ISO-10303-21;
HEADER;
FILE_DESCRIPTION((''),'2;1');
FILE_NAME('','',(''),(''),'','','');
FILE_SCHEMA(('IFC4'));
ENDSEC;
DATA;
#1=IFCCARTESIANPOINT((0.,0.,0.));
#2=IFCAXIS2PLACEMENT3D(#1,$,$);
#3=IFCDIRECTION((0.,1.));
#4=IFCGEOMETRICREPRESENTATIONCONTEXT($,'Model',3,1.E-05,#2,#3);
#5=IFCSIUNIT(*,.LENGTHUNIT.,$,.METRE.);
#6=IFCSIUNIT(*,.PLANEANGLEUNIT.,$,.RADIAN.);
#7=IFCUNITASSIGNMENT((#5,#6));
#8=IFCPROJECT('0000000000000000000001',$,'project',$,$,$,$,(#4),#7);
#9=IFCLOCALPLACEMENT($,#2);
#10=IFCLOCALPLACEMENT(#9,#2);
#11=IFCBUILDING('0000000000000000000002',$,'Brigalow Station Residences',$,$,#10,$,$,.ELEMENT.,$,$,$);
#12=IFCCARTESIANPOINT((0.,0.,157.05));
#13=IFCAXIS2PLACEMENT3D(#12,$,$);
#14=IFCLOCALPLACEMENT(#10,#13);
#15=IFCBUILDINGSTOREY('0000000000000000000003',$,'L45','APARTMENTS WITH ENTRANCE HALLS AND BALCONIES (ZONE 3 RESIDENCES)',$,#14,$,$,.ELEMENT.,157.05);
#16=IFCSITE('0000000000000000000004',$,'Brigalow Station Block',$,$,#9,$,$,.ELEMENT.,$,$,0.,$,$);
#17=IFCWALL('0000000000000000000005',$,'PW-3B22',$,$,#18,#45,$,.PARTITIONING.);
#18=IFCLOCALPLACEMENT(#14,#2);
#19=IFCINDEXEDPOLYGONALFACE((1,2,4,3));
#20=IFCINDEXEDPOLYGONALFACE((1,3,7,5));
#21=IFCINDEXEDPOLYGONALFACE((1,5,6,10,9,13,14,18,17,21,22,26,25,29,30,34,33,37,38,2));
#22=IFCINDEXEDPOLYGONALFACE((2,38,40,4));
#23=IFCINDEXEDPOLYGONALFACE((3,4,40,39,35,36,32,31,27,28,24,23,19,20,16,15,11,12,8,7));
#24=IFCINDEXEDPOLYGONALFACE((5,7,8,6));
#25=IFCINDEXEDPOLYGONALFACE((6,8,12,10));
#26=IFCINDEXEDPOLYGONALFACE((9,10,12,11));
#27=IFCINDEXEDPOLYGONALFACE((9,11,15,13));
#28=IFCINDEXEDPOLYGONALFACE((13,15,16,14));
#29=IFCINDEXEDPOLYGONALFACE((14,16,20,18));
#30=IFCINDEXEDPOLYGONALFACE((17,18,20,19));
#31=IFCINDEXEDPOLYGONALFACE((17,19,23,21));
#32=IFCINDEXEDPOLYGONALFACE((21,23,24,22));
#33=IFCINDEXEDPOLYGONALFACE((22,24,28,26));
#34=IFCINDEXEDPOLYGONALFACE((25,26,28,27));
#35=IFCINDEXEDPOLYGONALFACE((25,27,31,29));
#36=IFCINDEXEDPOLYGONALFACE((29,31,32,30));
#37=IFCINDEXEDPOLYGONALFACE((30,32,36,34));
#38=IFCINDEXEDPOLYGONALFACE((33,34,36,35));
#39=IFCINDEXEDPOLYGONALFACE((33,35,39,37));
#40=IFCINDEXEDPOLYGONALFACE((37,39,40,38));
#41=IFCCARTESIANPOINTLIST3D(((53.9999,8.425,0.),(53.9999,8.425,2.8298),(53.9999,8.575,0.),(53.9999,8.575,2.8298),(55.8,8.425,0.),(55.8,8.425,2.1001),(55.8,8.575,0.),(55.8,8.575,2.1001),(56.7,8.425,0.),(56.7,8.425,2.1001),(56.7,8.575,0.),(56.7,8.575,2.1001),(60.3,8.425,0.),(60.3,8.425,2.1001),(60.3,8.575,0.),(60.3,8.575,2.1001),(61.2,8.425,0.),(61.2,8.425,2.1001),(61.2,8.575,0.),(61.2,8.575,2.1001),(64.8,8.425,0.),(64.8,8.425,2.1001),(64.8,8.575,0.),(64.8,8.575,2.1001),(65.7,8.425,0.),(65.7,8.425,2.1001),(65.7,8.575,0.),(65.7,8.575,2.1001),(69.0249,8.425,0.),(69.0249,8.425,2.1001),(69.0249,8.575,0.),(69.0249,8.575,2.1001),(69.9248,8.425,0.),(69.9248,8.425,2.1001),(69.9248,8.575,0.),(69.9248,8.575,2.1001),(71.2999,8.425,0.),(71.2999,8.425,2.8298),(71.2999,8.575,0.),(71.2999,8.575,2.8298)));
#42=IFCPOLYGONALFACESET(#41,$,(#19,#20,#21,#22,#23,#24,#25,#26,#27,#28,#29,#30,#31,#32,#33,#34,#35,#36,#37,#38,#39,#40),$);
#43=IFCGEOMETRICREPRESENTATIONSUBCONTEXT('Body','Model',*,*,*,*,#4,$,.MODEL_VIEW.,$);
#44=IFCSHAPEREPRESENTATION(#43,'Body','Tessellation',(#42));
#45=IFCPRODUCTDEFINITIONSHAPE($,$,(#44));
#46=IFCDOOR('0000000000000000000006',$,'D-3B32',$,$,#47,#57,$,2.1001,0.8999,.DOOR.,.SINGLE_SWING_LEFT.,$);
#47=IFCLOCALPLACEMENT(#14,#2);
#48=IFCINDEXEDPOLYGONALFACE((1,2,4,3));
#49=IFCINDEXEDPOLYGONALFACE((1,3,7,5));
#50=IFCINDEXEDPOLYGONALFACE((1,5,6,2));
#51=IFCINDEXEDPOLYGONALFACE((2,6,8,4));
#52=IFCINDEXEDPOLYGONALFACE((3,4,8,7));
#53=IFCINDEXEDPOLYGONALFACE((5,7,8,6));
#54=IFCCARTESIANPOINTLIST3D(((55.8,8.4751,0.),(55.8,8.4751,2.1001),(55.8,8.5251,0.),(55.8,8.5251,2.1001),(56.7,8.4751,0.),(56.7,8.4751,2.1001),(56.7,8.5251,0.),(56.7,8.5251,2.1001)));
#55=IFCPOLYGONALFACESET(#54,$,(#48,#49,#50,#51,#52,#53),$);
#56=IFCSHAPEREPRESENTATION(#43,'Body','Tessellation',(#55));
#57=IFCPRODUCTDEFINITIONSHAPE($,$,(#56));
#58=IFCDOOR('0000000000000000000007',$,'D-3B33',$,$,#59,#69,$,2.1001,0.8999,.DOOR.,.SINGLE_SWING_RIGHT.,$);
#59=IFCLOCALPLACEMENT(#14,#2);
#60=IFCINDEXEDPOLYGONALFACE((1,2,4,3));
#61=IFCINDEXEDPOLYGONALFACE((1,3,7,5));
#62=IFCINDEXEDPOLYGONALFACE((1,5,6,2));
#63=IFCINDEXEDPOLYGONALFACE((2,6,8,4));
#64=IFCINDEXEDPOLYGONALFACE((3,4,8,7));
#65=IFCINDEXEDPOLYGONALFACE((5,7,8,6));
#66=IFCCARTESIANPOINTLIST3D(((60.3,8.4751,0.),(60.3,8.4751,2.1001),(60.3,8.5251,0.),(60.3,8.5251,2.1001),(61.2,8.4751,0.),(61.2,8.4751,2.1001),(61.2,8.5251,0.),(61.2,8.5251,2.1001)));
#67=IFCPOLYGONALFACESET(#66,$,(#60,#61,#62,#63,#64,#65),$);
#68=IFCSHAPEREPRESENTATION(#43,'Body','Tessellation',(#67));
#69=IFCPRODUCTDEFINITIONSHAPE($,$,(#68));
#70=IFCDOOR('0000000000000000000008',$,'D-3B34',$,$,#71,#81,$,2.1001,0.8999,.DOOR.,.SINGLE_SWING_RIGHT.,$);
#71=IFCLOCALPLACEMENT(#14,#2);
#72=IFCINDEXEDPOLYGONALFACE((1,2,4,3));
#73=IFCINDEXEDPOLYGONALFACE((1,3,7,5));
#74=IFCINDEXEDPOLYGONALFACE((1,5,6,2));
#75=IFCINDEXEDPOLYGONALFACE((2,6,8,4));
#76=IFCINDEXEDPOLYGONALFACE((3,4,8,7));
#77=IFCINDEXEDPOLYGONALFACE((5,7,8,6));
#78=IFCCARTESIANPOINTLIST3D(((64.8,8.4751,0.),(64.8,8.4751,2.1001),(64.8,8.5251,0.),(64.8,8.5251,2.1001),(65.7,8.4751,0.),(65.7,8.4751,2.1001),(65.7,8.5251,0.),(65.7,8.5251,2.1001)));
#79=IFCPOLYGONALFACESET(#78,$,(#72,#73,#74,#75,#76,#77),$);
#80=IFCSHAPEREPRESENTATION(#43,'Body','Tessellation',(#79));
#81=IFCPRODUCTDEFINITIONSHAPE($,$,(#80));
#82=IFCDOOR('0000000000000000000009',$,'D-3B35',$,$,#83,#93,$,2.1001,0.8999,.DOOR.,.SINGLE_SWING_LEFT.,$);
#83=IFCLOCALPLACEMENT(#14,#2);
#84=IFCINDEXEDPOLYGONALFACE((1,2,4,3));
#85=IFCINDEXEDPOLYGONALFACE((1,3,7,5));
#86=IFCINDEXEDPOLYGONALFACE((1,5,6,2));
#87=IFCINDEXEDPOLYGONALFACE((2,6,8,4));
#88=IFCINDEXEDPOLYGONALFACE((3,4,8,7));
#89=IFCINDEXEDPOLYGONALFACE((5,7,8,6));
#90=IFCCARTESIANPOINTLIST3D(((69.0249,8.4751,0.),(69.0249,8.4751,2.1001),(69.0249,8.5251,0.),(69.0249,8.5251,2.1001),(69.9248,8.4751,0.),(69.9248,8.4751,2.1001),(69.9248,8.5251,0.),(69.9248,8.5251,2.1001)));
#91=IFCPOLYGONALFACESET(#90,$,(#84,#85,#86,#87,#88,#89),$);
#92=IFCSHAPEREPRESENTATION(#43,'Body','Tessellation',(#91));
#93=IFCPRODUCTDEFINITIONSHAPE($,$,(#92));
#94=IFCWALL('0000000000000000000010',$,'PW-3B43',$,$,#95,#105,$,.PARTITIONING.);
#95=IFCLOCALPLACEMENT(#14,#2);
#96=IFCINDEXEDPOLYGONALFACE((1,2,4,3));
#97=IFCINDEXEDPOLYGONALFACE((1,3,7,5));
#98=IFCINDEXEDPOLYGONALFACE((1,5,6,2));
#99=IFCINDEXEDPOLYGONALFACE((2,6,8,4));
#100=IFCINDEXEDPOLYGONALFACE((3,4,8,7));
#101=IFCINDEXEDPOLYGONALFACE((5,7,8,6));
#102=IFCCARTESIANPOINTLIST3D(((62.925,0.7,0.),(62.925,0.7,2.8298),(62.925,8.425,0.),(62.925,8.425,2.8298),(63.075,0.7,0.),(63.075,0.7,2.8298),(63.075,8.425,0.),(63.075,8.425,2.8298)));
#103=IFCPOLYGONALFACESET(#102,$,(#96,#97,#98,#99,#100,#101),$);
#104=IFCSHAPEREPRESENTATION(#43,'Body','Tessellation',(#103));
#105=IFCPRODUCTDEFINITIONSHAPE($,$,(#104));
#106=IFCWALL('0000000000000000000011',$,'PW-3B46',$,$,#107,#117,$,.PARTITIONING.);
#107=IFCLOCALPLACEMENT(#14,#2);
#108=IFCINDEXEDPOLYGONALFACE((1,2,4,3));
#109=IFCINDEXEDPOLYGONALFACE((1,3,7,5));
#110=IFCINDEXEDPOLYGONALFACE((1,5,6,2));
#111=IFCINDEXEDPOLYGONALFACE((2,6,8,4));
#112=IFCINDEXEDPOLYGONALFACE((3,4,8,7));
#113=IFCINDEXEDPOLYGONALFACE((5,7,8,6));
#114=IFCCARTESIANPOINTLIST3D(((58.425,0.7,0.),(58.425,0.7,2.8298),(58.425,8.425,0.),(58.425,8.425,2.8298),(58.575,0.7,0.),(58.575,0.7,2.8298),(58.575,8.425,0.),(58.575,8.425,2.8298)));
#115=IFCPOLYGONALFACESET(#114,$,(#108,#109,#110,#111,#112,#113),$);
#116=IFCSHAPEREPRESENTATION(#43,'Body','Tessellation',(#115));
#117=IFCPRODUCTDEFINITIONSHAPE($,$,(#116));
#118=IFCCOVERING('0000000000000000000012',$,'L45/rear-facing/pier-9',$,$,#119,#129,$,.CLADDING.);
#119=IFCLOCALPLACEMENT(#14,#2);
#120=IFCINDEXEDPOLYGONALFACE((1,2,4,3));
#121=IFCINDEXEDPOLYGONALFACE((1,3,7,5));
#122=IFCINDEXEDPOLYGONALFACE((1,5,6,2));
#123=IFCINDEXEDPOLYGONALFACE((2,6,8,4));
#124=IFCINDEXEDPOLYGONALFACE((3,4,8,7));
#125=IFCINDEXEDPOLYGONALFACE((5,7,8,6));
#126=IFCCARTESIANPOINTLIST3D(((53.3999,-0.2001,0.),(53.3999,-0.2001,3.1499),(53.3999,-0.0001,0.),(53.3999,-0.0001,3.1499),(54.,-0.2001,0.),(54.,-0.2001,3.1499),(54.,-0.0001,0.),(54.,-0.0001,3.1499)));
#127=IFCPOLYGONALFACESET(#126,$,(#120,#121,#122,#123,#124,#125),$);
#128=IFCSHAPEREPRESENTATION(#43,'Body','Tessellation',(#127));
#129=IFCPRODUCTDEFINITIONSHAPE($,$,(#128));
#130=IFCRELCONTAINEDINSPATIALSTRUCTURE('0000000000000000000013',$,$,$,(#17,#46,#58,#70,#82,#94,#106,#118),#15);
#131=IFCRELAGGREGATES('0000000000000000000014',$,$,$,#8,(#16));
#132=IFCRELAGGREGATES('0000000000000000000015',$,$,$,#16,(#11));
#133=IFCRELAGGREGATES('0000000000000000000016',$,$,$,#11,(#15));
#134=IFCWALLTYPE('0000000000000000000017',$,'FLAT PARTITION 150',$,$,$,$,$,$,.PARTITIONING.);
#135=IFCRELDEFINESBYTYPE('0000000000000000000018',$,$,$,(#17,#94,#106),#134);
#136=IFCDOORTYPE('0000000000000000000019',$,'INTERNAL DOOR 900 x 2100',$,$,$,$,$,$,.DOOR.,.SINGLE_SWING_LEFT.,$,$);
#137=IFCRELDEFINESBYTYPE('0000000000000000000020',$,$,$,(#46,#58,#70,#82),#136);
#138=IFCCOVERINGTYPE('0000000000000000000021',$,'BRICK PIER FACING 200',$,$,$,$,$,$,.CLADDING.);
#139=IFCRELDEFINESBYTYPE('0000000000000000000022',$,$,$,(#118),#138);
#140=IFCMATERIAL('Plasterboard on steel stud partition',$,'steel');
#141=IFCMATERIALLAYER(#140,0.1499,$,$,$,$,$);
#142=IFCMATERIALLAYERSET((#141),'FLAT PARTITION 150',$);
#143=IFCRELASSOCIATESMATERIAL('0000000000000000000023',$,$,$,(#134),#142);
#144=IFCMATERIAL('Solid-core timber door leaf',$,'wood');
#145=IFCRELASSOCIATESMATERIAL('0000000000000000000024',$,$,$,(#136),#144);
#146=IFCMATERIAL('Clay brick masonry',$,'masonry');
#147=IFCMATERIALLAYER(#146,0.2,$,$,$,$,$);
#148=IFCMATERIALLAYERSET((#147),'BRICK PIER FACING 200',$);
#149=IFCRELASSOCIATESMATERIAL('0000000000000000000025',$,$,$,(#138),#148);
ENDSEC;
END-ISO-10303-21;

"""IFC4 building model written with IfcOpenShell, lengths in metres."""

from ifc_helpers import new_model, si_unit, direction, frame, frame_2d, origin, origin_2d, place, context, subcontext, project, spatial, rectangle, extrude, material, layer, layer_set, type_object, element, fill, save


model = new_model("IFC4")

# Units and contexts
model_context = context("Model", 3, precision=1e-05, world=origin(), true_north=direction((0.0, 1.0)))
body_context = subcontext(model_context, "Body", "Model", "MODEL_VIEW")
ifc_project = project(units=[si_unit("LENGTHUNIT", "METRE"), si_unit("PLANEANGLEUNIT", "RADIAN")], contexts=[model_context])

# Site, building, storey
site_placement = place(None, origin())
site = spatial("IfcSite", under=ifc_project, at=site_placement, Name="Brigalow Station Block", CompositionType="ELEMENT", RefElevation=0.0)
building_placement = place(site_placement, origin())
building = spatial("IfcBuilding", under=site, at=building_placement, Name="Brigalow Station Residences", CompositionType="ELEMENT")
storey_placement = place(building_placement, frame((0.0, 0.0, 157.05)))
storey = spatial("IfcBuildingStorey", under=building, at=storey_placement, Name="L45", Description="APARTMENTS WITH ENTRANCE HALLS AND BALCONIES (ZONE 3 RESIDENCES)", CompositionType="ELEMENT", Elevation=157.05)

# Wall, openings, doors
ifc_material_1 = material(Name="Plasterboard on steel stud partition", Category="steel")
ifc_layer_1 = layer(ifc_material_1, 0.1499)
ifc_layer_set_1 = layer_set([ifc_layer_1], Name="FLAT PARTITION 150")
wall_type_1 = type_object("IfcWallType", Name="FLAT PARTITION 150", PredefinedType="PARTITIONING", material=ifc_layer_set_1)
wall_1_placement = place(storey_placement, frame((54.0, 8.5, 0.0), z_axis=(0.0, 0.0, 1.0), x_axis=(1.0, 0.0, 0.0)))
wall_1 = element("IfcWall", 1, at=wall_1_placement, inside=storey, type_object=wall_type_1, Name="PW-3B22", PredefinedType="PARTITIONING", context=body_context, shape_type="SweptSolid", body=[
    extrude(rectangle(XDim=17.3, YDim=0.1499, at=frame_2d((8.6499, 0.0))), origin(), (0.0, 0.0, 1.0), 2.8298),
])
opening_1_placement = place(wall_1_placement, frame((1.8, 0.0, 0.0)))
opening_1 = element("IfcOpeningElement", 2, at=opening_1_placement, cuts=wall_1, PredefinedType="OPENING", context=body_context, shape_type="SweptSolid", body=[
    extrude(rectangle(XDim=0.8999, YDim=2.1001, at=frame_2d((0.45, 1.05))), frame((0.0, 0.085, 0.0), z_axis=(0.0, -1.0, 0.0), x_axis=(1.0, 0.0, 0.0)), (0.0, 0.0, 1.0), 0.1699),
])
opening_2_placement = place(wall_1_placement, frame((6.3, 0.0, 0.0)))
opening_2 = element("IfcOpeningElement", 3, at=opening_2_placement, cuts=wall_1, PredefinedType="OPENING", context=body_context, shape_type="SweptSolid", body=[
    extrude(rectangle(XDim=0.8999, YDim=2.1001, at=frame_2d((0.45, 1.05))), frame((0.0, 0.085, 0.0), z_axis=(0.0, -1.0, 0.0), x_axis=(1.0, 0.0, 0.0)), (0.0, 0.0, 1.0), 0.1699),
])
opening_3_placement = place(wall_1_placement, frame((10.8, 0.0, 0.0)))
opening_3 = element("IfcOpeningElement", 4, at=opening_3_placement, cuts=wall_1, PredefinedType="OPENING", context=body_context, shape_type="SweptSolid", body=[
    extrude(rectangle(XDim=0.8999, YDim=2.1001, at=frame_2d((0.45, 1.05))), frame((0.0, 0.085, 0.0), z_axis=(0.0, -1.0, 0.0), x_axis=(1.0, 0.0, 0.0)), (0.0, 0.0, 1.0), 0.1699),
])
opening_4_placement = place(wall_1_placement, frame((15.0249, 0.0, 0.0)))
opening_4 = element("IfcOpeningElement", 5, at=opening_4_placement, cuts=wall_1, PredefinedType="OPENING", context=body_context, shape_type="SweptSolid", body=[
    extrude(rectangle(XDim=0.8999, YDim=2.1001, at=frame_2d((0.45, 1.05))), frame((0.0, 0.085, 0.0), z_axis=(0.0, -1.0, 0.0), x_axis=(1.0, 0.0, 0.0)), (0.0, 0.0, 1.0), 0.1699),
])
ifc_material_2 = material(Name="Solid-core timber door leaf", Category="wood")
door_type = type_object("IfcDoorType", Name="INTERNAL DOOR 900 x 2100", OperationType="SINGLE_SWING_LEFT", PredefinedType="DOOR", material=ifc_material_2)
door_1_placement = place(opening_1_placement, frame((0.8999, 0.0, 0.0), z_axis=(0.0, 0.0, 1.0), x_axis=(-1.0, 0.0, 0.0)))
door_1 = element("IfcDoor", 6, at=door_1_placement, inside=storey, type_object=door_type, Name="D-3B32", OperationType="SINGLE_SWING_LEFT", OverallHeight=2.1001, OverallWidth=0.8999, PredefinedType="DOOR", context=body_context, shape_type="SweptSolid", body=[
    extrude(rectangle(XDim=0.8999, YDim=2.1001, at=frame_2d((0.45, 1.05))), frame((0.0, 0.0249, 0.0), z_axis=(0.0, -1.0, 0.0), x_axis=(1.0, 0.0, 0.0)), (0.0, 0.0, 1.0), 0.05),
])
fill(opening_1, door_1)
door_2_placement = place(opening_2_placement, frame((0.8999, 0.0, 0.0), z_axis=(0.0, 0.0, 1.0), x_axis=(-1.0, 0.0, 0.0)))
door_2 = element("IfcDoor", 7, at=door_2_placement, inside=storey, type_object=door_type, Name="D-3B33", OperationType="SINGLE_SWING_RIGHT", OverallHeight=2.1001, OverallWidth=0.8999, PredefinedType="DOOR", context=body_context, shape_type="SweptSolid", body=[
    extrude(rectangle(XDim=0.8999, YDim=2.1001, at=frame_2d((0.45, 1.05))), frame((0.0, 0.0249, 0.0), z_axis=(0.0, -1.0, 0.0), x_axis=(1.0, 0.0, 0.0)), (0.0, 0.0, 1.0), 0.05),
])
fill(opening_2, door_2)
door_3_placement = place(opening_3_placement, frame((0.8999, 0.0, 0.0), z_axis=(0.0, 0.0, 1.0), x_axis=(-1.0, 0.0, 0.0)))
door_3 = element("IfcDoor", 8, at=door_3_placement, inside=storey, type_object=door_type, Name="D-3B34", OperationType="SINGLE_SWING_RIGHT", OverallHeight=2.1001, OverallWidth=0.8999, PredefinedType="DOOR", context=body_context, shape_type="SweptSolid", body=[
    extrude(rectangle(XDim=0.8999, YDim=2.1001, at=frame_2d((0.45, 1.05))), frame((0.0, 0.0249, 0.0), z_axis=(0.0, -1.0, 0.0), x_axis=(1.0, 0.0, 0.0)), (0.0, 0.0, 1.0), 0.05),
])
fill(opening_3, door_3)
door_4_placement = place(opening_4_placement, frame((0.8999, 0.0, 0.0), z_axis=(0.0, 0.0, 1.0), x_axis=(-1.0, 0.0, 0.0)))
door_4 = element("IfcDoor", 9, at=door_4_placement, inside=storey, type_object=door_type, Name="D-3B35", OperationType="SINGLE_SWING_LEFT", OverallHeight=2.1001, OverallWidth=0.8999, PredefinedType="DOOR", context=body_context, shape_type="SweptSolid", body=[
    extrude(rectangle(XDim=0.8999, YDim=2.1001, at=frame_2d((0.45, 1.05))), frame((0.0, 0.0249, 0.0), z_axis=(0.0, -1.0, 0.0), x_axis=(1.0, 0.0, 0.0)), (0.0, 0.0, 1.0), 0.05),
])
fill(opening_4, door_4)

# Walls
for number, where, z_axis, x_axis, name in (
    (10, (63.0, 0.7, 0.0), (0.0, 0.0, 1.0), (0.0, 1.0, 0.0), "PW-3B43"),
    (11, (58.5, 0.7, 0.0), (0.0, 0.0, 1.0), (0.0, 1.0, 0.0), "PW-3B46"),
):
    element("IfcWall", number, at=place(storey_placement, frame(where, z_axis=z_axis, x_axis=x_axis)), inside=storey, type_object=wall_type_1, Name=name, PredefinedType="PARTITIONING", context=body_context, shape_type="SweptSolid", body=[
        extrude(rectangle(XDim=7.7251, YDim=0.1499, at=frame_2d((3.8625, 0.0))), origin(), (0.0, 0.0, 1.0), 2.8298),
    ])

# Covering
ifc_material_3 = material(Name="Clay brick masonry", Category="masonry")
ifc_layer_2 = layer(ifc_material_3, 0.2)
ifc_layer_set_2 = layer_set([ifc_layer_2], Name="BRICK PIER FACING 200")
covering_type = type_object("IfcCoveringType", Name="BRICK PIER FACING 200", PredefinedType="CLADDING", material=ifc_layer_set_2)
covering_placement = place(storey_placement, frame((53.7, -0.1001, 0.0), z_axis=(0.0, 0.0, 1.0), x_axis=(1.0, 0.0, 0.0)))
element("IfcCovering", 12, at=covering_placement, inside=storey, type_object=covering_type, Name="L45/rear-facing/pier-9", PredefinedType="CLADDING", context=body_context, shape_type="SweptSolid", body=[
    extrude(rectangle(XDim=0.6001, YDim=0.2, at=origin_2d()), origin(), (0.0, 0.0, 1.0), 3.1499),
])

save(model, "model.ifc")
